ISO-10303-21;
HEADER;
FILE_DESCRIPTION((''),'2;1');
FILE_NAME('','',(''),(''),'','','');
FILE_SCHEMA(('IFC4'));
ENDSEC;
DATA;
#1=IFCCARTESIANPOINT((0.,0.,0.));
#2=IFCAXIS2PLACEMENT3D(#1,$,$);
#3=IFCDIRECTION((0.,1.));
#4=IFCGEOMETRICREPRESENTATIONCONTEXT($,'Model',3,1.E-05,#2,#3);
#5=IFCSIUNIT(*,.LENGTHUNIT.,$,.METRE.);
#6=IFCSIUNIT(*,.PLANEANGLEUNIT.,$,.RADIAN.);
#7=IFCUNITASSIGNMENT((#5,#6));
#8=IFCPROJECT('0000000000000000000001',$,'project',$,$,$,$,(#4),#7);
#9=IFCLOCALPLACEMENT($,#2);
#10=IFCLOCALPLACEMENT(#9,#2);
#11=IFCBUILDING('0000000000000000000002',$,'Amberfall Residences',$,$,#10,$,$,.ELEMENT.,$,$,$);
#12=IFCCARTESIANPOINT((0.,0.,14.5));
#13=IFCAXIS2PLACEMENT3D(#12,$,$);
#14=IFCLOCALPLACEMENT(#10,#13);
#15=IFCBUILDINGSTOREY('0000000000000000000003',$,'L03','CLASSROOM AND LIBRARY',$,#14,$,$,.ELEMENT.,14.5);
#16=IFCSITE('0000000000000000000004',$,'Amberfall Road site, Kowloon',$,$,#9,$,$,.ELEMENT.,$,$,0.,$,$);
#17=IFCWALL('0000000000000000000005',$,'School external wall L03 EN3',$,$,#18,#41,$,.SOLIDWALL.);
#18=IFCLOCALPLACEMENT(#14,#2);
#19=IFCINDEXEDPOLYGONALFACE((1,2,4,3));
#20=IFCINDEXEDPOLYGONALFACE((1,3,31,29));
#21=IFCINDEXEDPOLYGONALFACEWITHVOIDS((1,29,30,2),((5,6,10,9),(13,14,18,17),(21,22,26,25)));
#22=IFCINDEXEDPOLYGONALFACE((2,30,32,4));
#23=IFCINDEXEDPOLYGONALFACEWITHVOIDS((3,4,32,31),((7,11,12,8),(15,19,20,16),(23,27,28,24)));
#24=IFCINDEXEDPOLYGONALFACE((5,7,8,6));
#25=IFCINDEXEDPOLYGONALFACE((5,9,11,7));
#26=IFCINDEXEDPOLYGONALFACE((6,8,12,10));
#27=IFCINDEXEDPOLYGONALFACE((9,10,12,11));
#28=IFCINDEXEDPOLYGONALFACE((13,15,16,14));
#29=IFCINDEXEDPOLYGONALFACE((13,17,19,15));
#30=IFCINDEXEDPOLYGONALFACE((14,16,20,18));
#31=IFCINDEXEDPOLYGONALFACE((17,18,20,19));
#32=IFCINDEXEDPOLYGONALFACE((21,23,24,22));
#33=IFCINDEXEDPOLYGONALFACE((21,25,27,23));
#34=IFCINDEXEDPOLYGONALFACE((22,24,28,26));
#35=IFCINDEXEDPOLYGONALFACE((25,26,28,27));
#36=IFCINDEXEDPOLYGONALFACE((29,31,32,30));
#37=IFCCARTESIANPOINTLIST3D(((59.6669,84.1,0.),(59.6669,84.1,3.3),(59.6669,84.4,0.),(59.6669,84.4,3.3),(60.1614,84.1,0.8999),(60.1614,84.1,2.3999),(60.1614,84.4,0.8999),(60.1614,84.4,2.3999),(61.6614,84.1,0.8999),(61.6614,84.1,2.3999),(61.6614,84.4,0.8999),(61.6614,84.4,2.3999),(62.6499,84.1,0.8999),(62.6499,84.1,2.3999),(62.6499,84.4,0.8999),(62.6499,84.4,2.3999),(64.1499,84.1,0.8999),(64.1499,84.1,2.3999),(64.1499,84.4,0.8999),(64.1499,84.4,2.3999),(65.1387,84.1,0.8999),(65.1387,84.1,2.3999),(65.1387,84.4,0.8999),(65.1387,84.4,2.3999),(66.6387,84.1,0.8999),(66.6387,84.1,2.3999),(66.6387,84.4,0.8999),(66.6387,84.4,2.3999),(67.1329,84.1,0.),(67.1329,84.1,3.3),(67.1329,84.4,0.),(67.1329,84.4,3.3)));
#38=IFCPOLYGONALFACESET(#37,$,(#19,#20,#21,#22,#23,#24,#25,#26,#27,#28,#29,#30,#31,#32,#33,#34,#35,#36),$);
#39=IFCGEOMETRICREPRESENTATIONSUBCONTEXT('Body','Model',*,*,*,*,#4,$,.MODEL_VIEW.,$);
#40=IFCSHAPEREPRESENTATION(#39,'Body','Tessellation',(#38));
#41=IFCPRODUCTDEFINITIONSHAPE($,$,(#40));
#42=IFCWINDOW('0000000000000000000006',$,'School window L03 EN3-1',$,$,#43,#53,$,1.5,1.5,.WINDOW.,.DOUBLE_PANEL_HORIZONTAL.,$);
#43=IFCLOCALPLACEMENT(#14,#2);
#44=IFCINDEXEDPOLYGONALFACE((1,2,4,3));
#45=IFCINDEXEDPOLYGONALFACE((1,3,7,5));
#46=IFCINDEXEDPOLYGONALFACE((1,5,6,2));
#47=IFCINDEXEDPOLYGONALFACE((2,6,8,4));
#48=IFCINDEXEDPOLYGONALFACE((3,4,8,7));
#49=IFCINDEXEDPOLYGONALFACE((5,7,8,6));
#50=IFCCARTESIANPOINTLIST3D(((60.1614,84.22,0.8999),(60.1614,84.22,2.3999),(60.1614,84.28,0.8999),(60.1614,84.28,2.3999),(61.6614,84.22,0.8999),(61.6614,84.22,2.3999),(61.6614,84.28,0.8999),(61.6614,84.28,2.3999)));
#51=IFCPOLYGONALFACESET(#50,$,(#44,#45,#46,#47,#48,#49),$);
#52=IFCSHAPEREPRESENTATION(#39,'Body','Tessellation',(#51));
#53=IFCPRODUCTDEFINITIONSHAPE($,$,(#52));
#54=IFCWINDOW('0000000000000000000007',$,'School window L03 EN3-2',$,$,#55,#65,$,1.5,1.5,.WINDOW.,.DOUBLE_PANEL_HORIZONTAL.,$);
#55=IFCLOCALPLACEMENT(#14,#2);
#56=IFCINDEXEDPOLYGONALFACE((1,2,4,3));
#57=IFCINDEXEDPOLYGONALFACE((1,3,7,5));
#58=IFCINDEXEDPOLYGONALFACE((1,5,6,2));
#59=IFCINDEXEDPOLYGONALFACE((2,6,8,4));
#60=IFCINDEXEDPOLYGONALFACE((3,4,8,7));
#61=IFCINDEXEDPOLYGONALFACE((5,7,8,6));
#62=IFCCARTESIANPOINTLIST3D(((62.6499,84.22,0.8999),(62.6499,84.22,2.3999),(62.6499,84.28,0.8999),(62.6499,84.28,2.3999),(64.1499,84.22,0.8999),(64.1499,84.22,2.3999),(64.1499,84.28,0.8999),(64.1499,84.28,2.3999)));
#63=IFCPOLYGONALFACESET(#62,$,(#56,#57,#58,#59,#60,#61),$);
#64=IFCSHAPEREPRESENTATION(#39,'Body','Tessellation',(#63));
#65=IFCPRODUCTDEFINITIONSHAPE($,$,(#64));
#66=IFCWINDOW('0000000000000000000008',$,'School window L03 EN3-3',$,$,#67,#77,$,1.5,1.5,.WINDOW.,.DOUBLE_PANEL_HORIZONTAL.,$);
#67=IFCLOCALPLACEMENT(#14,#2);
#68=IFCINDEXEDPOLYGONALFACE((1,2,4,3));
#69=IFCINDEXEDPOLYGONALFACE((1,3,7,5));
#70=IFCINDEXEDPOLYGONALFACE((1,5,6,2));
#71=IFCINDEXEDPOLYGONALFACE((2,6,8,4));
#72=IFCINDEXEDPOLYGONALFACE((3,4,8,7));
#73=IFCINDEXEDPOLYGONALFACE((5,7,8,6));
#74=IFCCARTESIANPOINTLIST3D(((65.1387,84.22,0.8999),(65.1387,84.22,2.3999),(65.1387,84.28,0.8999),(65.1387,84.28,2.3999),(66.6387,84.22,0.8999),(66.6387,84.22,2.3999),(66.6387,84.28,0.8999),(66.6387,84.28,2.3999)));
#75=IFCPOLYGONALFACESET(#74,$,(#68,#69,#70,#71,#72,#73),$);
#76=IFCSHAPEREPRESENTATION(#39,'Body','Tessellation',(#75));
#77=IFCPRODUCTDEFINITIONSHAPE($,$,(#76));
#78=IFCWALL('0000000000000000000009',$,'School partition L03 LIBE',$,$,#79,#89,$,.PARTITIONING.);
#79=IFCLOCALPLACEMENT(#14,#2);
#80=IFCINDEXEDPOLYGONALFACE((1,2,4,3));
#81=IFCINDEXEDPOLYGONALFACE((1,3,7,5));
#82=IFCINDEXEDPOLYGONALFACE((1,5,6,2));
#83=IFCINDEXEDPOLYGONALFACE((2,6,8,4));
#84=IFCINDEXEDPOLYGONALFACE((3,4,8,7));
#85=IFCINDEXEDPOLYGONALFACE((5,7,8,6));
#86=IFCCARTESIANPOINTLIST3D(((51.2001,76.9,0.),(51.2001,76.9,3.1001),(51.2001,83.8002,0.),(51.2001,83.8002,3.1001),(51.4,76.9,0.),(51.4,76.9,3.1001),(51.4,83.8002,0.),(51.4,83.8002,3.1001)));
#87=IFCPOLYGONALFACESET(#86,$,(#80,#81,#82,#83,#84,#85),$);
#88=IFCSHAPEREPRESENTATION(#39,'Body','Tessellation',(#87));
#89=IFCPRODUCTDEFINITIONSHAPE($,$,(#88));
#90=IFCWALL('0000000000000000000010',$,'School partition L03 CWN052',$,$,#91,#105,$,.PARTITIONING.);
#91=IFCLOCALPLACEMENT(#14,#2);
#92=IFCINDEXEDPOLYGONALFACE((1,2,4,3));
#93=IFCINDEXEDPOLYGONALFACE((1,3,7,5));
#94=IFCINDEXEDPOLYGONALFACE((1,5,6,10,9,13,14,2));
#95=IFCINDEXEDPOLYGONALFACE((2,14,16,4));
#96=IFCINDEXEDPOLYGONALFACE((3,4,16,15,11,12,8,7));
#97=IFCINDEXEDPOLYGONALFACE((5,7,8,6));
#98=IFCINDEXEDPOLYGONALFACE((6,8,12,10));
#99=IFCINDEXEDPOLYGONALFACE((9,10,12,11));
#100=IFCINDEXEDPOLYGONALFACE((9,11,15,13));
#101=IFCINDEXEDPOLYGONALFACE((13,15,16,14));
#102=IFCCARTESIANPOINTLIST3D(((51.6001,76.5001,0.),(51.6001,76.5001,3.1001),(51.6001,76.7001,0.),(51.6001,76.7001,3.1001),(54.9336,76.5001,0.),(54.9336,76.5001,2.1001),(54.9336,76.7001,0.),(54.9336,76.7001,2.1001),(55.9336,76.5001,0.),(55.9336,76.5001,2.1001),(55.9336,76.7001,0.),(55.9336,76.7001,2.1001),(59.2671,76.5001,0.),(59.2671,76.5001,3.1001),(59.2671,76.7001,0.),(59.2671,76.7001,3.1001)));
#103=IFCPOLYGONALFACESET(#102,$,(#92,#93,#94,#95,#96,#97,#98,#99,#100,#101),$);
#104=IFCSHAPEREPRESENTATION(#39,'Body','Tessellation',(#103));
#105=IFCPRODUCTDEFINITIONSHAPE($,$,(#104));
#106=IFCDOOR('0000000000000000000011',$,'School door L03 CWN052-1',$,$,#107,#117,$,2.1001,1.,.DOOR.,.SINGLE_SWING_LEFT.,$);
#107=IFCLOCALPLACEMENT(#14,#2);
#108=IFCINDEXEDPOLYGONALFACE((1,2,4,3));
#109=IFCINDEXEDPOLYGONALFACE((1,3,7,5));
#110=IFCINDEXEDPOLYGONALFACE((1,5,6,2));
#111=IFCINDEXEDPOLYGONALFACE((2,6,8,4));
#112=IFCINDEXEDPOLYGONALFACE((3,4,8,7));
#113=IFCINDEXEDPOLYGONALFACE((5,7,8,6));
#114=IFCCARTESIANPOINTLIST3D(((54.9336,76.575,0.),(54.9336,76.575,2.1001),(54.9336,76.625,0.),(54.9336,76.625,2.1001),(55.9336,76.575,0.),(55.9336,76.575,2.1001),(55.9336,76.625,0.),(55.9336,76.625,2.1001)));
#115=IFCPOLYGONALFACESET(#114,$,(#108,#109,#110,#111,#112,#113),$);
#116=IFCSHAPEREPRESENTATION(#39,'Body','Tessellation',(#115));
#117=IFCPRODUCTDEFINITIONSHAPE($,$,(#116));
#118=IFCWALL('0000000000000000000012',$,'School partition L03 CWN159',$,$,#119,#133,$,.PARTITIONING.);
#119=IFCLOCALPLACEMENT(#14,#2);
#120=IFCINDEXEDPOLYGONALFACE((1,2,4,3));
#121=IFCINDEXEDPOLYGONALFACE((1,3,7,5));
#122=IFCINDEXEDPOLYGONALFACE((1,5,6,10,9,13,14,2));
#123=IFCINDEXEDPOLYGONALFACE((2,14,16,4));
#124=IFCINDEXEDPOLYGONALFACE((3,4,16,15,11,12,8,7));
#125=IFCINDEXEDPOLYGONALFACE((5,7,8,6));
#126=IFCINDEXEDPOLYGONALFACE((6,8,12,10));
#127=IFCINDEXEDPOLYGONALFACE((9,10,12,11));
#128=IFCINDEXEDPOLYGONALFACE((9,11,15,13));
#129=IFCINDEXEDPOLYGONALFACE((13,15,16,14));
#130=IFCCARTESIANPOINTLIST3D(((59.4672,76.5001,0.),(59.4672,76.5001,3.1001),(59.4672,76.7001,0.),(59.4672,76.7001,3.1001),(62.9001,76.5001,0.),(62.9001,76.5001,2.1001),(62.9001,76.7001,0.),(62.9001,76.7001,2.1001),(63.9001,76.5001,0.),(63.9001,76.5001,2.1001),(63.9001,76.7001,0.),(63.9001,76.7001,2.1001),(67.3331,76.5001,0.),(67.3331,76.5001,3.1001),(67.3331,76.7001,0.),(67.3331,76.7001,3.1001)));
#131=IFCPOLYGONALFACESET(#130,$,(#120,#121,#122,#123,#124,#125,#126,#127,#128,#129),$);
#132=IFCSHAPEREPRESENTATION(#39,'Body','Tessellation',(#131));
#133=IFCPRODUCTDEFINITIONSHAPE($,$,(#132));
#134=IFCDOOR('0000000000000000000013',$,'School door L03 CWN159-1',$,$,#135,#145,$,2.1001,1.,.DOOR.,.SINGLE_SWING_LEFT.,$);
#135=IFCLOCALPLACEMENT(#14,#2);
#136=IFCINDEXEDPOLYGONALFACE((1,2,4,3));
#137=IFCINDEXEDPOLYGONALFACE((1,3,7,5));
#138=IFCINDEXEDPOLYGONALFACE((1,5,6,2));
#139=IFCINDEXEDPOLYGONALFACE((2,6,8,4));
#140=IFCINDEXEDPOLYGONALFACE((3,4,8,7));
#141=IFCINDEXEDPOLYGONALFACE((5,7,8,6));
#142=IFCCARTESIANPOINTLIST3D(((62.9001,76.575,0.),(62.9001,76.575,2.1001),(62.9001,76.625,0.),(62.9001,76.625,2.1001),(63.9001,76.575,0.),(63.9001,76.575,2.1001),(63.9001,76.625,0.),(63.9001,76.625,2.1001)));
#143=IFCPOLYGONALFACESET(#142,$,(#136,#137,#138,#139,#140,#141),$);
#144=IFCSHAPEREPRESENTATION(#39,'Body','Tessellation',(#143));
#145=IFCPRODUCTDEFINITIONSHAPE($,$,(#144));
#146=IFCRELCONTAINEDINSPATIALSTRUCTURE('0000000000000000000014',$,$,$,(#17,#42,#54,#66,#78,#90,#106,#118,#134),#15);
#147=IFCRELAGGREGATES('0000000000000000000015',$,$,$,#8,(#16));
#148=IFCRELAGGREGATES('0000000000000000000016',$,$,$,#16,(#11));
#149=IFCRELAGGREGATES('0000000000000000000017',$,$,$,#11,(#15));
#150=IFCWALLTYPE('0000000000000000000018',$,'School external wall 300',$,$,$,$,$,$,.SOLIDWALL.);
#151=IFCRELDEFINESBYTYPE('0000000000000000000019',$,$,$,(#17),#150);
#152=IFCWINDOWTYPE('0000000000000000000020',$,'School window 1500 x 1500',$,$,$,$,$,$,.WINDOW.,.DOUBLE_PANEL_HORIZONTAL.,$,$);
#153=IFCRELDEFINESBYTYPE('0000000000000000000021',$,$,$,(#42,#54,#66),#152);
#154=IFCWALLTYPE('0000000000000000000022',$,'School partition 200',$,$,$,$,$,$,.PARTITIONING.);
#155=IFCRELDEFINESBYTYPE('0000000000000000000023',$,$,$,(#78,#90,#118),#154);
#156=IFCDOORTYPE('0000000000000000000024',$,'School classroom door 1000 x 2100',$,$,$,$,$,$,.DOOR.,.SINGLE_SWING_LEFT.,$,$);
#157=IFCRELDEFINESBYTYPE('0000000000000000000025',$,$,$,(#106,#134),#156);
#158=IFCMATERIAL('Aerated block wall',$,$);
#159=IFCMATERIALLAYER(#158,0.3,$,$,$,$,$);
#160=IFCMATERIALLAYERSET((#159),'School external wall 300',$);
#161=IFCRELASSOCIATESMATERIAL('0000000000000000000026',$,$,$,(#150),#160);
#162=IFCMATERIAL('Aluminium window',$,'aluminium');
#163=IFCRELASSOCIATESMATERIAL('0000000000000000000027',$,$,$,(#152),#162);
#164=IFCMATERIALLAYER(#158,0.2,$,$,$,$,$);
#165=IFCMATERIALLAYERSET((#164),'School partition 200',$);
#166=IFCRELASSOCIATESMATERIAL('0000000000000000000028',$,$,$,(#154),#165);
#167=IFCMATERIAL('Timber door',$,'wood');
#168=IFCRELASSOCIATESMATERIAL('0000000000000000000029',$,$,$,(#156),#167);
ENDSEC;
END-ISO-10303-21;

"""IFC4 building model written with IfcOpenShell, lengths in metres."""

from ifc_helpers import new_model, si_unit, direction, frame, frame_2d, origin, place, context, subcontext, project, spatial, rectangle, extrude, material, layer, layer_set, type_object, element, fill, save


model = new_model("IFC4")

# Units and contexts
model_context = context("Model", 3, precision=1e-05, world=origin(), true_north=direction((0.0, 1.0)))
body_context = subcontext(model_context, "Body", "Model", "MODEL_VIEW")
ifc_project = project(units=[si_unit("LENGTHUNIT", "METRE"), si_unit("PLANEANGLEUNIT", "RADIAN")], contexts=[model_context])

# Site, building, storey
site_placement = place(None, origin())
site = spatial("IfcSite", under=ifc_project, at=site_placement, Name="Amberfall Road site, Kowloon", CompositionType="ELEMENT", RefElevation=0.0)
building_placement = place(site_placement, origin())
building = spatial("IfcBuilding", under=site, at=building_placement, Name="Amberfall Residences", CompositionType="ELEMENT")
storey_placement = place(building_placement, frame((0.0, 0.0, 14.5)))
storey = spatial("IfcBuildingStorey", under=building, at=storey_placement, Name="L03", Description="CLASSROOM AND LIBRARY", CompositionType="ELEMENT", Elevation=14.5)

# Wall, openings, windows
ifc_material_1 = material(Name="Aerated block wall")
ifc_layer_1 = layer(ifc_material_1, 0.3)
ifc_layer_set_1 = layer_set([ifc_layer_1], Name="School external wall 300")
wall_type_1 = type_object("IfcWallType", Name="School external wall 300", PredefinedType="SOLIDWALL", material=ifc_layer_set_1)
ifc_material_2 = material(Name="Aluminium window", Category="aluminium")
window_type = type_object("IfcWindowType", Name="School window 1500 x 1500", PartitioningType="DOUBLE_PANEL_HORIZONTAL", PredefinedType="WINDOW", material=ifc_material_2)
wall_1_placement = place(storey_placement, frame((59.667, 84.25, 0.0), z_axis=(0.0, 0.0, 1.0), x_axis=(1.0, 0.0, 0.0)))
wall_1 = element("IfcWall", 1, at=wall_1_placement, inside=storey, type_object=wall_type_1, Name="School external wall L03 EN3", PredefinedType="SOLIDWALL", context=body_context, shape_type="SweptSolid", body=[
    extrude(rectangle(XDim=7.4661, YDim=0.3, at=frame_2d((3.7329, 0.0))), origin(), (0.0, 0.0, 1.0), 3.3),
])
opening_1_placement = place(wall_1_placement, frame((0.4944, 0.0, 0.8999)))
opening_1 = element("IfcOpeningElement", 2, at=opening_1_placement, cuts=wall_1, PredefinedType="OPENING", context=body_context, shape_type="SweptSolid", body=[
    extrude(rectangle(XDim=1.5, YDim=1.5, at=frame_2d((0.75, 0.75))), frame((0.0, 0.1599, 0.0), z_axis=(0.0, -1.0, 0.0), x_axis=(1.0, 0.0, 0.0)), (0.0, 0.0, 1.0), 0.3201),
])
opening_2_placement = place(wall_1_placement, frame((2.9829, 0.0, 0.8999)))
opening_2 = element("IfcOpeningElement", 3, at=opening_2_placement, cuts=wall_1, PredefinedType="OPENING", context=body_context, shape_type="SweptSolid", body=[
    extrude(rectangle(XDim=1.5, YDim=1.5, at=frame_2d((0.75, 0.75))), frame((0.0, 0.1599, 0.0), z_axis=(0.0, -1.0, 0.0), x_axis=(1.0, 0.0, 0.0)), (0.0, 0.0, 1.0), 0.3201),
])
opening_3_placement = place(wall_1_placement, frame((5.4717, 0.0, 0.8999)))
opening_3 = element("IfcOpeningElement", 4, at=opening_3_placement, cuts=wall_1, PredefinedType="OPENING", context=body_context, shape_type="SweptSolid", body=[
    extrude(rectangle(XDim=1.5, YDim=1.5, at=frame_2d((0.75, 0.75))), frame((0.0, 0.1599, 0.0), z_axis=(0.0, -1.0, 0.0), x_axis=(1.0, 0.0, 0.0)), (0.0, 0.0, 1.0), 0.3201),
])
window_1_placement = place(opening_1_placement, origin())
window_1 = element("IfcWindow", 5, at=window_1_placement, inside=storey, type_object=window_type, Name="School window L03 EN3-1", OverallHeight=1.5, OverallWidth=1.5, PartitioningType="DOUBLE_PANEL_HORIZONTAL", PredefinedType="WINDOW", context=body_context, shape_type="SweptSolid", body=[
    extrude(rectangle(XDim=1.5, YDim=1.5, at=frame_2d((0.75, 0.75))), frame((0.0, 0.03, 0.0), z_axis=(0.0, -1.0, 0.0), x_axis=(1.0, 0.0, 0.0)), (0.0, 0.0, 1.0), 0.0601),
])
fill(opening_1, window_1)
window_2_placement = place(opening_2_placement, origin())
window_2 = element("IfcWindow", 6, at=window_2_placement, inside=storey, type_object=window_type, Name="School window L03 EN3-2", OverallHeight=1.5, OverallWidth=1.5, PartitioningType="DOUBLE_PANEL_HORIZONTAL", PredefinedType="WINDOW", context=body_context, shape_type="SweptSolid", body=[
    extrude(rectangle(XDim=1.5, YDim=1.5, at=frame_2d((0.75, 0.75))), frame((0.0, 0.03, 0.0), z_axis=(0.0, -1.0, 0.0), x_axis=(1.0, 0.0, 0.0)), (0.0, 0.0, 1.0), 0.0601),
])
fill(opening_2, window_2)
window_3_placement = place(opening_3_placement, origin())
window_3 = element("IfcWindow", 7, at=window_3_placement, inside=storey, type_object=window_type, Name="School window L03 EN3-3", OverallHeight=1.5, OverallWidth=1.5, PartitioningType="DOUBLE_PANEL_HORIZONTAL", PredefinedType="WINDOW", context=body_context, shape_type="SweptSolid", body=[
    extrude(rectangle(XDim=1.5, YDim=1.5, at=frame_2d((0.75, 0.75))), frame((0.0, 0.03, 0.0), z_axis=(0.0, -1.0, 0.0), x_axis=(1.0, 0.0, 0.0)), (0.0, 0.0, 1.0), 0.0601),
])
fill(opening_3, window_3)

# Wall
ifc_layer_2 = layer(ifc_material_1, 0.2)
ifc_layer_set_2 = layer_set([ifc_layer_2], Name="School partition 200")
wall_type_2 = type_object("IfcWallType", Name="School partition 200", PredefinedType="PARTITIONING", material=ifc_layer_set_2)
wall_2_placement = place(storey_placement, frame((51.3, 76.8999, 0.0), z_axis=(0.0, 0.0, 1.0), x_axis=(0.0, 1.0, 0.0)))
element("IfcWall", 8, at=wall_2_placement, inside=storey, type_object=wall_type_2, Name="School partition L03 LIBE", PredefinedType="PARTITIONING", context=body_context, shape_type="SweptSolid", body=[
    extrude(rectangle(XDim=6.9001, YDim=0.2, at=frame_2d((3.4502, 0.0))), origin(), (0.0, 0.0, 1.0), 3.1001),
])

# Walls, openings, doors
wall_3_placement = place(storey_placement, frame((51.6001, 76.6001, 0.0), z_axis=(0.0, 0.0, 1.0), x_axis=(1.0, 0.0, 0.0)))
wall_3 = element("IfcWall", 9, at=wall_3_placement, inside=storey, type_object=wall_type_2, Name="School partition L03 CWN052", PredefinedType="PARTITIONING", context=body_context, shape_type="SweptSolid", body=[
    extrude(rectangle(XDim=7.667, YDim=0.2, at=frame_2d((3.8335, 0.0))), origin(), (0.0, 0.0, 1.0), 3.1001),
])
opening_4_placement = place(wall_3_placement, frame((3.3335, 0.0, 0.0)))
opening_4 = element("IfcOpeningElement", 10, at=opening_4_placement, cuts=wall_3, PredefinedType="OPENING", context=body_context, shape_type="SweptSolid", body=[
    extrude(rectangle(XDim=1.0, YDim=2.1001, at=frame_2d((0.5, 1.05))), frame((0.0, 0.1099, 0.0), z_axis=(0.0, -1.0, 0.0), x_axis=(1.0, 0.0, 0.0)), (0.0, 0.0, 1.0), 0.22),
])
ifc_material_3 = material(Name="Timber door", Category="wood")
door_type = type_object("IfcDoorType", Name="School classroom door 1000 x 2100", OperationType="SINGLE_SWING_LEFT", PredefinedType="DOOR", material=ifc_material_3)
door_1_placement = place(opening_4_placement, origin())
door_1 = element("IfcDoor", 11, at=door_1_placement, inside=storey, type_object=door_type, Name="School door L03 CWN052-1", OperationType="SINGLE_SWING_LEFT", OverallHeight=2.1001, OverallWidth=1.0, PredefinedType="DOOR", context=body_context, shape_type="SweptSolid", body=[
    extrude(rectangle(XDim=1.0, YDim=2.1001, at=frame_2d((0.5, 1.05))), frame((0.0, 0.0249, 0.0), z_axis=(0.0, -1.0, 0.0), x_axis=(1.0, 0.0, 0.0)), (0.0, 0.0, 1.0), 0.05),
])
fill(opening_4, door_1)
wall_4_placement = place(storey_placement, frame((59.467, 76.6001, 0.0), z_axis=(0.0, 0.0, 1.0), x_axis=(1.0, 0.0, 0.0)))
wall_4 = element("IfcWall", 12, at=wall_4_placement, inside=storey, type_object=wall_type_2, Name="School partition L03 CWN159", PredefinedType="PARTITIONING", context=body_context, shape_type="SweptSolid", body=[
    extrude(rectangle(XDim=7.866, YDim=0.2, at=frame_2d((3.9331, 0.0))), origin(), (0.0, 0.0, 1.0), 3.1001),
])
opening_5_placement = place(wall_4_placement, frame((3.4331, 0.0, 0.0)))
opening_5 = element("IfcOpeningElement", 13, at=opening_5_placement, cuts=wall_4, PredefinedType="OPENING", context=body_context, shape_type="SweptSolid", body=[
    extrude(rectangle(XDim=1.0, YDim=2.1001, at=frame_2d((0.5, 1.05))), frame((0.0, 0.1099, 0.0), z_axis=(0.0, -1.0, 0.0), x_axis=(1.0, 0.0, 0.0)), (0.0, 0.0, 1.0), 0.22),
])
door_2_placement = place(opening_5_placement, origin())
door_2 = element("IfcDoor", 14, at=door_2_placement, inside=storey, type_object=door_type, Name="School door L03 CWN159-1", OperationType="SINGLE_SWING_LEFT", OverallHeight=2.1001, OverallWidth=1.0, PredefinedType="DOOR", context=body_context, shape_type="SweptSolid", body=[
    extrude(rectangle(XDim=1.0, YDim=2.1001, at=frame_2d((0.5, 1.05))), frame((0.0, 0.0249, 0.0), z_axis=(0.0, -1.0, 0.0), x_axis=(1.0, 0.0, 0.0)), (0.0, 0.0, 1.0), 0.05),
])
fill(opening_5, door_2)

save(model, "model.ifc")
